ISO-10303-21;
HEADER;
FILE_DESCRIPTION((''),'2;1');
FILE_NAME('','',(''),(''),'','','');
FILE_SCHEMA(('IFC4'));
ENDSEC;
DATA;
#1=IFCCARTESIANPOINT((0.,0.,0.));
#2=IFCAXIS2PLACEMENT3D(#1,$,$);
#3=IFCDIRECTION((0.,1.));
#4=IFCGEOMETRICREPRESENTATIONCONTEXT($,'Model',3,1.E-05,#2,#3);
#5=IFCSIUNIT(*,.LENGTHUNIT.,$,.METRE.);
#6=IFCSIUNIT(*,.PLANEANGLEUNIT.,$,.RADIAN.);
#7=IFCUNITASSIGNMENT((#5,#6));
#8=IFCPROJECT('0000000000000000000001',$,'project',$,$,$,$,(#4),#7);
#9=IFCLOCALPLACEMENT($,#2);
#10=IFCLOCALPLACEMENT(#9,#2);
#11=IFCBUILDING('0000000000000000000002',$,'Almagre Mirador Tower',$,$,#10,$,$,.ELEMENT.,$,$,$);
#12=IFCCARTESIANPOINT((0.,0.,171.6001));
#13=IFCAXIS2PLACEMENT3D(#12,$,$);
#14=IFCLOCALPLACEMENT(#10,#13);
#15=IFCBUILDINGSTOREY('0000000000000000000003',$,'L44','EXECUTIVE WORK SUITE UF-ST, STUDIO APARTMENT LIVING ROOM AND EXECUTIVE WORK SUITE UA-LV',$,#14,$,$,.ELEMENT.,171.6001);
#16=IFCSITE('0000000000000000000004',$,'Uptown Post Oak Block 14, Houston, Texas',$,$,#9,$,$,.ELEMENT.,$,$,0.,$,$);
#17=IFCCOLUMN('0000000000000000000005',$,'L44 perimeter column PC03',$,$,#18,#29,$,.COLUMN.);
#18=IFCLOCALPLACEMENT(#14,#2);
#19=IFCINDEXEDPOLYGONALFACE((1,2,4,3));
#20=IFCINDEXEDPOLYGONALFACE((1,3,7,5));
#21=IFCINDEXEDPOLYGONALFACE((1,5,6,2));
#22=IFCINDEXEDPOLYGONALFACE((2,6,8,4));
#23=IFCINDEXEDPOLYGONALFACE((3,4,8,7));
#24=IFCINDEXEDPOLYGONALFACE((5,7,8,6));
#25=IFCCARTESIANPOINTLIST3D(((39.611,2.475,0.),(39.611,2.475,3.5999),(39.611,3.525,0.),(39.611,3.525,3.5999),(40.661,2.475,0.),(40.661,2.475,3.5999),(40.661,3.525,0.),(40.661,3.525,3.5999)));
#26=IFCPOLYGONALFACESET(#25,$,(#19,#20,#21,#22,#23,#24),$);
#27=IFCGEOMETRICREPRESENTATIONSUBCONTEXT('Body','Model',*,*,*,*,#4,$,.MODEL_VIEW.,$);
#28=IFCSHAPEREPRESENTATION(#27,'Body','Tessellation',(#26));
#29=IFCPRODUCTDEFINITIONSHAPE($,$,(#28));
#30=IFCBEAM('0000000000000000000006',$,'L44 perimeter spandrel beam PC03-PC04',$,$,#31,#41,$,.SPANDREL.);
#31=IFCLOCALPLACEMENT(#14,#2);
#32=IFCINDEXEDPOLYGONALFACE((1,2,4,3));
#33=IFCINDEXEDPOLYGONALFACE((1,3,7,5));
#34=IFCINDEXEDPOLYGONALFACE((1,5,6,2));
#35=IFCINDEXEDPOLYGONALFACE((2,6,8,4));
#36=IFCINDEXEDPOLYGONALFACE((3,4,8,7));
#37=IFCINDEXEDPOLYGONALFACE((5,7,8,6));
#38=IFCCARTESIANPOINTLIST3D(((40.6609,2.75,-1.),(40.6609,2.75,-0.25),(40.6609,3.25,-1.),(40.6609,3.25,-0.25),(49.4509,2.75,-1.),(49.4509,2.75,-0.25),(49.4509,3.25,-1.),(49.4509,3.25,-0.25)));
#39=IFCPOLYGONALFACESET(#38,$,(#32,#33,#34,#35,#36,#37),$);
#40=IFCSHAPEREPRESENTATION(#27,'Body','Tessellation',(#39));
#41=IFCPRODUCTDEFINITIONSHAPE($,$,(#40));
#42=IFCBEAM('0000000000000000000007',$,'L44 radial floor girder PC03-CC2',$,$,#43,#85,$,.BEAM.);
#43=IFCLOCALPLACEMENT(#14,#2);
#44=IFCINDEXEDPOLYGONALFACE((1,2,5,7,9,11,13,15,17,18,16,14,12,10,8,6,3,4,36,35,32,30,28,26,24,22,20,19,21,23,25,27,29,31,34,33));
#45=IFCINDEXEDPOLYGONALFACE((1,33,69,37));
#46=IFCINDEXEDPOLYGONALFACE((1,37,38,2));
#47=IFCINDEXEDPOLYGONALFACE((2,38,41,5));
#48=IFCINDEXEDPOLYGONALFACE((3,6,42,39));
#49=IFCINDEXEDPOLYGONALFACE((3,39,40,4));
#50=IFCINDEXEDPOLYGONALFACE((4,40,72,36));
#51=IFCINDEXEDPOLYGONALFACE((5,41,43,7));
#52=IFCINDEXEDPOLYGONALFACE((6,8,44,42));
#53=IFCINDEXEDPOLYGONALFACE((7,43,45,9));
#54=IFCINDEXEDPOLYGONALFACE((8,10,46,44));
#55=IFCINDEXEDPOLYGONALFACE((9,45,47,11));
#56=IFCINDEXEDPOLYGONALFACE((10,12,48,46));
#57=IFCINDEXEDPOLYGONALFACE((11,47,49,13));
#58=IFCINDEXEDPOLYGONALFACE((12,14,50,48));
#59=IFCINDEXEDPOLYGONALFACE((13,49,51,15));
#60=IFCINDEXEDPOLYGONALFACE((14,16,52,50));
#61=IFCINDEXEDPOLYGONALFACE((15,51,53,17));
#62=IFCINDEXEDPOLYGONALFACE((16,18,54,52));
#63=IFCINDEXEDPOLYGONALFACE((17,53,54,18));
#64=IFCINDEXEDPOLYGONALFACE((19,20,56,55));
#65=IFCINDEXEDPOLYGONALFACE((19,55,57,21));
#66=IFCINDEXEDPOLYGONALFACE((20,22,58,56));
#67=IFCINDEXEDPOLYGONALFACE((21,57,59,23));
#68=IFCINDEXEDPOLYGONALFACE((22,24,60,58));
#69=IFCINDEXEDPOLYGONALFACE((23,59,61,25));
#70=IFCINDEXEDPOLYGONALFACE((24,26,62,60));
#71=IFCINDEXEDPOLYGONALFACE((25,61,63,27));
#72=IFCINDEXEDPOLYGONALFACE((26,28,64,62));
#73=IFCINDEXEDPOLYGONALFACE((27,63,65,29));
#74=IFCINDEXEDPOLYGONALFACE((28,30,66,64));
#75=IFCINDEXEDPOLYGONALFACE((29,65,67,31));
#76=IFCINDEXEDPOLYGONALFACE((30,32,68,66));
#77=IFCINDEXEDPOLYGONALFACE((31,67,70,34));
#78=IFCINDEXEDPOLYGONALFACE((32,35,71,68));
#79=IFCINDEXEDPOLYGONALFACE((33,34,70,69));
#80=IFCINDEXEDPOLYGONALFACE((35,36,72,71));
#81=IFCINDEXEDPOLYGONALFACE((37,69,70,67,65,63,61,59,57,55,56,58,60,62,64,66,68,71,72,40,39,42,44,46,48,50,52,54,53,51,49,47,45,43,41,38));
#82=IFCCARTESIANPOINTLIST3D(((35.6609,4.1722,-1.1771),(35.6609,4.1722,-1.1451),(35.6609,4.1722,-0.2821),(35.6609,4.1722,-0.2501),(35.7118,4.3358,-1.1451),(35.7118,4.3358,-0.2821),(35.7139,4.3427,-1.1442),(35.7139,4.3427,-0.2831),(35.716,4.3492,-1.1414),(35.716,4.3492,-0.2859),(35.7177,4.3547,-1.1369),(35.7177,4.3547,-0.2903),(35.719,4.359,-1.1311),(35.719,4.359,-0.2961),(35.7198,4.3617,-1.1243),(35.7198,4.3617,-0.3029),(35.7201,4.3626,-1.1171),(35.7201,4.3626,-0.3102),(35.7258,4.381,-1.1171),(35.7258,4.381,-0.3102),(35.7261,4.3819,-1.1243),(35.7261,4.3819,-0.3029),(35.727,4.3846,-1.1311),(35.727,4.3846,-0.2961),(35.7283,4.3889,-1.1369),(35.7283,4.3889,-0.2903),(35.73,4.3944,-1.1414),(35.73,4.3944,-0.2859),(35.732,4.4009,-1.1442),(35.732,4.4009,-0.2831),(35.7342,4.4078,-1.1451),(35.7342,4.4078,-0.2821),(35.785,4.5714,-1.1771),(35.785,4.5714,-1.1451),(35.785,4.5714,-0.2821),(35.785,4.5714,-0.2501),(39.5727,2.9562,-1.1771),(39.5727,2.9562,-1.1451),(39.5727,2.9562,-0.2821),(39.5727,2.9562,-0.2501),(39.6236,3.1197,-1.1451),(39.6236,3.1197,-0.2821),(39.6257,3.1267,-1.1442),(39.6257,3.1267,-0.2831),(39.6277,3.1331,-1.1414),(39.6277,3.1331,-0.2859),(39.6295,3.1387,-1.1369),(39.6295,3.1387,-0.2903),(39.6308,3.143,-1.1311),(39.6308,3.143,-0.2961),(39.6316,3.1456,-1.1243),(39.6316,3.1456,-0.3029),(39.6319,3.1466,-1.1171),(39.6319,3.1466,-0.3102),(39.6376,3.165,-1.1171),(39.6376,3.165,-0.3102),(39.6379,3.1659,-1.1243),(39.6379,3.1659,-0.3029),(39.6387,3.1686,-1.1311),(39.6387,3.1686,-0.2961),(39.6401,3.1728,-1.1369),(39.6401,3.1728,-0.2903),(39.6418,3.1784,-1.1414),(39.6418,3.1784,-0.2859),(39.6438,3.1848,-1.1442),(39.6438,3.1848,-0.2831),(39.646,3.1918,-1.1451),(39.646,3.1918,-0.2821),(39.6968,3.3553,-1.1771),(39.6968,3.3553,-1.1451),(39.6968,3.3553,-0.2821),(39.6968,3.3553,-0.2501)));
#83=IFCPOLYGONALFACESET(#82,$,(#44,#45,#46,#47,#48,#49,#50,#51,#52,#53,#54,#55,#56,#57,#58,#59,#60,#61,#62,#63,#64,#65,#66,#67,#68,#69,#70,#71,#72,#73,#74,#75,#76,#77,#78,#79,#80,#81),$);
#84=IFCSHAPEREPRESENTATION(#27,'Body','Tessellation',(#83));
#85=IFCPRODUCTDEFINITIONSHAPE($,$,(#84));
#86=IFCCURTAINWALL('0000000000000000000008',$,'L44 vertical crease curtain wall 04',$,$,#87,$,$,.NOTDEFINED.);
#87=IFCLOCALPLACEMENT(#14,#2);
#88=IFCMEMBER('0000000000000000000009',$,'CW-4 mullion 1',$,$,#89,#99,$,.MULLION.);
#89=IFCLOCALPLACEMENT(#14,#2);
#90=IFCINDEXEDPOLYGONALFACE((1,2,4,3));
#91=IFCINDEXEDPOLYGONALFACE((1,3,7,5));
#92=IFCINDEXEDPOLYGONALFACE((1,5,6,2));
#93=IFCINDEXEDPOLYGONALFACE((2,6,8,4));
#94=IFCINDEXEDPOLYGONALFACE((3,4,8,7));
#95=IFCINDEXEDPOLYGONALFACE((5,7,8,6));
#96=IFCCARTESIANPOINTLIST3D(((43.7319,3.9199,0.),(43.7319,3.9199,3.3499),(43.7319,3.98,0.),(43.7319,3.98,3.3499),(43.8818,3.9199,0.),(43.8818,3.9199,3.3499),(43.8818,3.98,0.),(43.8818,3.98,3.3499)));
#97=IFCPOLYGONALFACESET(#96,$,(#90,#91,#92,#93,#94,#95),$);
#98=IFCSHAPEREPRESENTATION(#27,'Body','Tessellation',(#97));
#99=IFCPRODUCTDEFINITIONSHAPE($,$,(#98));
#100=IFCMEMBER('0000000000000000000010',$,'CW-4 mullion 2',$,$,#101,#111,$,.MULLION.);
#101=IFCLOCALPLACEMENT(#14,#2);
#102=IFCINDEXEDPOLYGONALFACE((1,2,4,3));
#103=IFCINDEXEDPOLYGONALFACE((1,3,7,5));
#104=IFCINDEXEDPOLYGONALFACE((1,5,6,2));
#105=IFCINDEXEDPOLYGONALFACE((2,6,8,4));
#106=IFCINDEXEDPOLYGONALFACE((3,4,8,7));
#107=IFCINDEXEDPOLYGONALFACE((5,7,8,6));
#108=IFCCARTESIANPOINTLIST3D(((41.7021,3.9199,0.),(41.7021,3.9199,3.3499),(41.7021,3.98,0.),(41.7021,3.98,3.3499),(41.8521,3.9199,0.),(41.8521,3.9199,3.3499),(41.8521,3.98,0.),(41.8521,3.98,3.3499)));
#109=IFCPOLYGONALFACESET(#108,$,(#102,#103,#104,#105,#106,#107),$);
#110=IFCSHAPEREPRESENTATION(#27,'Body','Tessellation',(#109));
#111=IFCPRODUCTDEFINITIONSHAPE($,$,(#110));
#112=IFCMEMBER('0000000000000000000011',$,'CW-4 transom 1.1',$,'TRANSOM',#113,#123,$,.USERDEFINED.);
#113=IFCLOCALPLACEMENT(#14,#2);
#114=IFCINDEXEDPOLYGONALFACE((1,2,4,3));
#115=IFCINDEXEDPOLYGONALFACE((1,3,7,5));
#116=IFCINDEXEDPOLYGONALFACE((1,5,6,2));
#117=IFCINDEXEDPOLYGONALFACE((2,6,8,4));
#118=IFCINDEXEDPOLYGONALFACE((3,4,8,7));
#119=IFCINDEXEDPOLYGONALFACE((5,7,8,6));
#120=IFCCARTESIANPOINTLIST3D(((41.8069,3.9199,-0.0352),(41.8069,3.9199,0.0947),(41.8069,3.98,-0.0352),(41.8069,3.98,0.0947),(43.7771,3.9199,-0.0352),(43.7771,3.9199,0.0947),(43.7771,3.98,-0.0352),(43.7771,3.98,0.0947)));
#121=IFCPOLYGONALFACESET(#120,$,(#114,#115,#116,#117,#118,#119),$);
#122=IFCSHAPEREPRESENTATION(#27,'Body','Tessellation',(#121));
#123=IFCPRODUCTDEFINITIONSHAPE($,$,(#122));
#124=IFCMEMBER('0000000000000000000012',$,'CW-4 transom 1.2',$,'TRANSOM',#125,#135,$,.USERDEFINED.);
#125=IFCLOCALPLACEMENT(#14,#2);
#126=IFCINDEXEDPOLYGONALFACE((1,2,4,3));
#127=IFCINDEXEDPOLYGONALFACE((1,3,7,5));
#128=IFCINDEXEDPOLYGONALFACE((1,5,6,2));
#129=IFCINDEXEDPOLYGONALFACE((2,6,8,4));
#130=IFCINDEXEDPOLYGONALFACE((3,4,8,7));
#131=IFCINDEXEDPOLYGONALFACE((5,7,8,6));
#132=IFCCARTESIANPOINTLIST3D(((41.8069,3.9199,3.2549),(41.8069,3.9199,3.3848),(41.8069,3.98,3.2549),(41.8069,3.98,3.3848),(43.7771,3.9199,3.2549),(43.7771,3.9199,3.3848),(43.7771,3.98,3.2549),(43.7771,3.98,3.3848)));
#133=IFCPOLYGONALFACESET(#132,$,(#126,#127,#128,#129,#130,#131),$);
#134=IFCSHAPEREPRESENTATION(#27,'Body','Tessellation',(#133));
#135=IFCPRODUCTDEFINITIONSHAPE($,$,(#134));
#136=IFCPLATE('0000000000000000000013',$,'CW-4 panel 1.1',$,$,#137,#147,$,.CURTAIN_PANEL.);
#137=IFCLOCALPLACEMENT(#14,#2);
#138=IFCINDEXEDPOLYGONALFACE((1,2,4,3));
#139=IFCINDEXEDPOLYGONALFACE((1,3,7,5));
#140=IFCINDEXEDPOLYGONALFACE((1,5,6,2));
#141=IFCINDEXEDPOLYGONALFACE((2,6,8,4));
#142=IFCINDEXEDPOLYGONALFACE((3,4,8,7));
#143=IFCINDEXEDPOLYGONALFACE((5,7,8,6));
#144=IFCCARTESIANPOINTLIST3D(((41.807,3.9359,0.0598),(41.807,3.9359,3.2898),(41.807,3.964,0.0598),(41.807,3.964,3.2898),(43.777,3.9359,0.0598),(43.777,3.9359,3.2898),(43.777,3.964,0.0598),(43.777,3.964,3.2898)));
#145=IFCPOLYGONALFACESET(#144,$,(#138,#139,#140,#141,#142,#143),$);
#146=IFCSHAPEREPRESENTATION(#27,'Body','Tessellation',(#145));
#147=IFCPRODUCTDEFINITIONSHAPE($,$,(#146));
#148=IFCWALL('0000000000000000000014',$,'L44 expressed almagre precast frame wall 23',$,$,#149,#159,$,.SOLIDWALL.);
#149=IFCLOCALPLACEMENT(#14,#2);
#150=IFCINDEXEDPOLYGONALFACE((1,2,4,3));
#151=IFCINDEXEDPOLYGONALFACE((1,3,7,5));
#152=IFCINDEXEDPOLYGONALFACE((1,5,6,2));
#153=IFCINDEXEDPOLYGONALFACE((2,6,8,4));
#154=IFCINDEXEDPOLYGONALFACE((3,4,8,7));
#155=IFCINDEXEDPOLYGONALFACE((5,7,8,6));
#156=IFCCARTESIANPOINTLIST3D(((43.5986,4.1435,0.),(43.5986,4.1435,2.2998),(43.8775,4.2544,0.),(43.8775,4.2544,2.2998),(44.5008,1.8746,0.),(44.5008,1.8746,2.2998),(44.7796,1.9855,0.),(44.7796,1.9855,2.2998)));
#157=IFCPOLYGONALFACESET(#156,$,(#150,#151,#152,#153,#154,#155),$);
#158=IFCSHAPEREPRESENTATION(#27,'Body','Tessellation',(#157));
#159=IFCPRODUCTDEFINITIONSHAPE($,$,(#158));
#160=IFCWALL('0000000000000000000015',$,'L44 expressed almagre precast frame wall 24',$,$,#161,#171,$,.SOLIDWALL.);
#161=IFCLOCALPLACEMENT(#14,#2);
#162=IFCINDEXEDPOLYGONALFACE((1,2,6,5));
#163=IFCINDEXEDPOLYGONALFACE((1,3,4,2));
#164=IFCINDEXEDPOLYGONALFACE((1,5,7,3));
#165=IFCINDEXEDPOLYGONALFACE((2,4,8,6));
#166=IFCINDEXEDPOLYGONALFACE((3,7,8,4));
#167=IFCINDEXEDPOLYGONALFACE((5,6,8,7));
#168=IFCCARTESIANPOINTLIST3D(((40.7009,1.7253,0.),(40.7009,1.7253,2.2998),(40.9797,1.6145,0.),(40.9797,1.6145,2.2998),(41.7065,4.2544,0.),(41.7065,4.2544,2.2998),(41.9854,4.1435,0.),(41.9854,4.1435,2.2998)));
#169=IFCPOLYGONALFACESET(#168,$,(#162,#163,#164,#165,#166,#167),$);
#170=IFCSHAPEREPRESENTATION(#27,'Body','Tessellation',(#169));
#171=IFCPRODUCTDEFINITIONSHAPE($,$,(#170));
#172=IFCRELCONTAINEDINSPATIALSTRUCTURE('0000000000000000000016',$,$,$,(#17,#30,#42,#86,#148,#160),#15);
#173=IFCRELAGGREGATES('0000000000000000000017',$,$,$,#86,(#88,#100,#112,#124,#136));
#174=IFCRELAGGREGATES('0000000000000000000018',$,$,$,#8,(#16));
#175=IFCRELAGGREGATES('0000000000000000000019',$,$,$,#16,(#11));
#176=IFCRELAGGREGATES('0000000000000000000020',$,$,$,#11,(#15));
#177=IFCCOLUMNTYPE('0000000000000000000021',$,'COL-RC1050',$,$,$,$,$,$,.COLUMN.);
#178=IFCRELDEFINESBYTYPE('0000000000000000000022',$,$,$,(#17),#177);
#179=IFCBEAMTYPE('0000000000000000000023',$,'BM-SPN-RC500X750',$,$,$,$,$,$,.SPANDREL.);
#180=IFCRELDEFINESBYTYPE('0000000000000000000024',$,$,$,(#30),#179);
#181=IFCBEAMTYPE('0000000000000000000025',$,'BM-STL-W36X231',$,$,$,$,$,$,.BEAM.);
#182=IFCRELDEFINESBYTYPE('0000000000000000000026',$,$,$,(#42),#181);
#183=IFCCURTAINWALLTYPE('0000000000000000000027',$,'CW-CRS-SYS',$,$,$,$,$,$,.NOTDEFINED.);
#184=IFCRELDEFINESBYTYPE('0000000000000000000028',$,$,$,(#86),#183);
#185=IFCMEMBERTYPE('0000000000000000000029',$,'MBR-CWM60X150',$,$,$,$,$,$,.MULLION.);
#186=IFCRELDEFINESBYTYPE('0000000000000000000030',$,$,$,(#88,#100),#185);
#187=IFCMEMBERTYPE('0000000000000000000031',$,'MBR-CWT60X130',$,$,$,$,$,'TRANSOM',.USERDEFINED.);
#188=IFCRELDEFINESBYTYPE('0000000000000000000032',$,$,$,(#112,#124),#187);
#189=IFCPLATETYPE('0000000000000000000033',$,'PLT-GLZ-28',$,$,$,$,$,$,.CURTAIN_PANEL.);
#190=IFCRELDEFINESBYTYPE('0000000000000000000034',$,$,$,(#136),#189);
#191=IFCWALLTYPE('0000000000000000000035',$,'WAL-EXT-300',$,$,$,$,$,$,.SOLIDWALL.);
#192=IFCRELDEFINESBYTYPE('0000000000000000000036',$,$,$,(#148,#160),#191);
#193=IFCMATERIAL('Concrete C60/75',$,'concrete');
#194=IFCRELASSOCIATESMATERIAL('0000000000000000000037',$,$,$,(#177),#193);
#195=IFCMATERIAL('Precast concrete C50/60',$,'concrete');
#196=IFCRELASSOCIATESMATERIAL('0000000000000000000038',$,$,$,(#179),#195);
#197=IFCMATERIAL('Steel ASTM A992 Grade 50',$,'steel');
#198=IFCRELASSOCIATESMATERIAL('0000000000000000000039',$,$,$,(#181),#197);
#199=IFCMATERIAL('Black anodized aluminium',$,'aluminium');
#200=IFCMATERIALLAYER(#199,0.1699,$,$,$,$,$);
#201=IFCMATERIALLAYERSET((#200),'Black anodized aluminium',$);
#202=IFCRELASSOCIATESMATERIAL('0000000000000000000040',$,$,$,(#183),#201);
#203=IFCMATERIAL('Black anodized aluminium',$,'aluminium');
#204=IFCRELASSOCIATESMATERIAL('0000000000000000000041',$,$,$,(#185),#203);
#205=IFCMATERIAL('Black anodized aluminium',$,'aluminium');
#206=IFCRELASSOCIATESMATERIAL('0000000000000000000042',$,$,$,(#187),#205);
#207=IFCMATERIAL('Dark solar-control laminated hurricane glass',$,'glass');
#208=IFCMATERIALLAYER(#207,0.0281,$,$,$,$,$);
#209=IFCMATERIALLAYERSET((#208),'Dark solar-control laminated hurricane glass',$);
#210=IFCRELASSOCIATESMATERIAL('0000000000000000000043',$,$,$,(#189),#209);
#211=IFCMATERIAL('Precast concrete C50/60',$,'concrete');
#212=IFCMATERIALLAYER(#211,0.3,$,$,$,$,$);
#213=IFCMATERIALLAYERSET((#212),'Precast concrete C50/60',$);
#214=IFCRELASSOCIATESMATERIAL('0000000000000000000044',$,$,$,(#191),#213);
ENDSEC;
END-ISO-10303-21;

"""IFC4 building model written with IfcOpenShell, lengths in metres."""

from ifc_helpers import new_model, si_unit, direction, frame, frame_2d, origin, origin_2d, place, context, subcontext, project, spatial, rectangle, i_section, extrude, material, layer, layer_set, material_profile, profile_set, type_object, element, aggregate, save


model = new_model("IFC4")

# Units and contexts
model_context = context("Model", 3, precision=1e-05, world=origin(), true_north=direction((0.0, 1.0)))
body_context = subcontext(model_context, "Body", "Model", "MODEL_VIEW")
ifc_project = project(units=[si_unit("LENGTHUNIT", "METRE"), si_unit("PLANEANGLEUNIT", "RADIAN")], contexts=[model_context])

# Site, building, storey
site_placement = place(None, origin())
site = spatial("IfcSite", under=ifc_project, at=site_placement, Name="Uptown Post Oak Block 14, Houston, Texas", CompositionType="ELEMENT", RefElevation=0.0)
building_placement = place(site_placement, origin())
building = spatial("IfcBuilding", under=site, at=building_placement, Name="Almagre Mirador Tower", CompositionType="ELEMENT")
storey_placement = place(building_placement, frame((0.0, 0.0, 171.6001)))
storey = spatial("IfcBuildingStorey", under=building, at=storey_placement, Name="L44", Description="EXECUTIVE WORK SUITE UF-ST, STUDIO APARTMENT LIVING ROOM AND EXECUTIVE WORK SUITE UA-LV", CompositionType="ELEMENT", Elevation=171.6001)

# Column
ifc_material_1 = material(Name="Concrete C60/75", Category="concrete")
ifc_material_profile_1 = material_profile(ifc_material_1, rectangle(XDim=1.05, YDim=1.05, at=origin_2d()), Name="RC1050X1050")
ifc_profile_set_1 = profile_set([ifc_material_profile_1], Name="Concrete C60/75")
column_type = type_object("IfcColumnType", Name="COL-RC1050", PredefinedType="COLUMN", material=ifc_profile_set_1)
column_placement = place(storey_placement, frame((40.136, 3.0, 0.0), z_axis=(0.0, 0.0, 1.0), x_axis=(1.0, 0.0, 0.0)))
element("IfcColumn", 1, at=column_placement, inside=storey, type_object=column_type, Name="L44 perimeter column PC03", PredefinedType="COLUMN", context=body_context, shape_type="SweptSolid", body=[
    extrude(rectangle(XDim=1.05, YDim=1.05, at=origin_2d()), origin(), (0.0, 0.0, 1.0), 3.5999),
])

# Beams
ifc_material_2 = material(Name="Precast concrete C50/60", Category="concrete")
ifc_material_profile_2 = material_profile(ifc_material_2, rectangle(XDim=0.5, YDim=0.75, at=origin_2d()), Name="RC500X750")
ifc_profile_set_2 = profile_set([ifc_material_profile_2], Name="Precast concrete C50/60")
beam_type_1 = type_object("IfcBeamType", Name="BM-SPN-RC500X750", PredefinedType="SPANDREL", material=ifc_profile_set_2)
beam_1_placement = place(storey_placement, frame((40.6609, 3.0, -0.625), z_axis=(1.0, 0.0, 0.0), x_axis=(0.0, 1.0, 0.0)))
element("IfcBeam", 2, at=beam_1_placement, inside=storey, type_object=beam_type_1, Name="L44 perimeter spandrel beam PC03-PC04", PredefinedType="SPANDREL", context=body_context, shape_type="SweptSolid", body=[
    extrude(rectangle(XDim=0.5, YDim=0.75, at=origin_2d()), origin(), (0.0, 0.0, 1.0), 8.79),
])
ifc_material_3 = material(Name="Steel ASTM A992 Grade 50", Category="steel")
ifc_material_profile_3 = material_profile(ifc_material_3, i_section(OverallWidth=0.418, OverallDepth=0.927, WebThickness=0.0193, FlangeThickness=0.032, FilletRadius=0.0281, at=origin_2d()), Name="W36X231")
ifc_profile_set_3 = profile_set([ifc_material_profile_3], Name="Steel ASTM A992 Grade 50")
beam_type_2 = type_object("IfcBeamType", Name="BM-STL-W36X231", PredefinedType="BEAM", material=ifc_profile_set_3)
beam_2_placement = place(storey_placement, frame((39.6348, 3.1558, -0.7136), z_axis=(-0.954923, 0.296853, 0.0), x_axis=(-0.296853, -0.954923, 0.0)))
element("IfcBeam", 3, at=beam_2_placement, inside=storey, type_object=beam_type_2, Name="L44 radial floor girder PC03-CC2", PredefinedType="BEAM", context=body_context, shape_type="SweptSolid", body=[
    extrude(i_section(OverallWidth=0.418, OverallDepth=0.927, WebThickness=0.0193, FlangeThickness=0.032, FilletRadius=0.0281, at=origin_2d()), origin(), (0.0, 0.0, 1.0), 4.0964),
])

# Curtain wall, members, plate
ifc_material_4 = material(Name="Black anodized aluminium", Category="aluminium")
ifc_layer_1 = layer(ifc_material_4, 0.1699)
ifc_layer_set_1 = layer_set([ifc_layer_1], Name="Black anodized aluminium")
curtain_wall_type = type_object("IfcCurtainWallType", Name="CW-CRS-SYS", PredefinedType="NOTDEFINED", material=ifc_layer_set_1)
curtain_wall_placement = place(storey_placement, origin())
curtain_wall = element("IfcCurtainWall", 4, at=curtain_wall_placement, inside=storey, type_object=curtain_wall_type, Name="L44 vertical crease curtain wall 04", PredefinedType="NOTDEFINED")
ifc_material_5 = material(Name="Black anodized aluminium", Category="aluminium")
ifc_material_profile_4 = material_profile(ifc_material_5, rectangle(XDim=0.0601, YDim=0.1499, at=origin_2d()), Name="CWM60X150")
ifc_profile_set_4 = profile_set([ifc_material_profile_4], Name="Black anodized aluminium")
member_type_1 = type_object("IfcMemberType", Name="MBR-CWM60X150", PredefinedType="MULLION", material=ifc_profile_set_4)
member_1_placement = place(storey_placement, frame((43.8069, 3.95, 0.0), z_axis=(0.0, 0.0, 1.0), x_axis=(0.0, -1.0, 0.0)))
member_1 = element("IfcMember", 5, at=member_1_placement, type_object=member_type_1, Name="CW-4 mullion 1", PredefinedType="MULLION", context=body_context, shape_type="SweptSolid", body=[
    extrude(rectangle(XDim=0.0601, YDim=0.1499, at=origin_2d()), origin(), (0.0, 0.0, 1.0), 3.3499),
])
member_2_placement = place(storey_placement, frame((41.7771, 3.95, 0.0), z_axis=(0.0, 0.0, 1.0), x_axis=(0.0, -1.0, 0.0)))
member_2 = element("IfcMember", 6, at=member_2_placement, type_object=member_type_1, Name="CW-4 mullion 2", PredefinedType="MULLION", context=body_context, shape_type="SweptSolid", body=[
    extrude(rectangle(XDim=0.0601, YDim=0.1499, at=origin_2d()), origin(), (0.0, 0.0, 1.0), 3.3499),
])
ifc_material_6 = material(Name="Black anodized aluminium", Category="aluminium")
ifc_material_profile_5 = material_profile(ifc_material_6, rectangle(XDim=0.0601, YDim=0.1299, at=origin_2d()), Name="CWT60X130")
ifc_profile_set_5 = profile_set([ifc_material_profile_5], Name="Black anodized aluminium")
member_type_2 = type_object("IfcMemberType", Name="MBR-CWT60X130", ElementType="TRANSOM", PredefinedType="USERDEFINED", material=ifc_profile_set_5)
member_3_placement = place(storey_placement, frame((43.7771, 3.95, 0.0298), z_axis=(-1.0, 0.0, 0.0), x_axis=(0.0, -1.0, 0.0)))
member_3 = element("IfcMember", 7, at=member_3_placement, type_object=member_type_2, Name="CW-4 transom 1.1", ObjectType="TRANSOM", PredefinedType="USERDEFINED", context=body_context, shape_type="SweptSolid", body=[
    extrude(rectangle(XDim=0.0601, YDim=0.1299, at=origin_2d()), origin(), (0.0, 0.0, 1.0), 1.9702),
])
member_4_placement = place(storey_placement, frame((43.7771, 3.95, 3.3198), z_axis=(-1.0, 0.0, 0.0), x_axis=(0.0, -1.0, 0.0)))
member_4 = element("IfcMember", 8, at=member_4_placement, type_object=member_type_2, Name="CW-4 transom 1.2", ObjectType="TRANSOM", PredefinedType="USERDEFINED", context=body_context, shape_type="SweptSolid", body=[
    extrude(rectangle(XDim=0.0601, YDim=0.1299, at=origin_2d()), origin(), (0.0, 0.0, 1.0), 1.9702),
])
ifc_material_7 = material(Name="Dark solar-control laminated hurricane glass", Category="glass")
ifc_layer_2 = layer(ifc_material_7, 0.0281)
ifc_layer_set_2 = layer_set([ifc_layer_2], Name="Dark solar-control laminated hurricane glass")
plate_type = type_object("IfcPlateType", Name="PLT-GLZ-28", PredefinedType="CURTAIN_PANEL", material=ifc_layer_set_2)
plate_placement = place(storey_placement, frame((42.792, 3.95, 0.0598), z_axis=(0.0, 0.0, 1.0), x_axis=(-1.0, 0.0, 0.0)))
plate = element("IfcPlate", 9, at=plate_placement, type_object=plate_type, Name="CW-4 panel 1.1", PredefinedType="CURTAIN_PANEL", context=body_context, shape_type="SweptSolid", body=[
    extrude(rectangle(XDim=1.97, YDim=0.0281, at=origin_2d()), origin(), (0.0, 0.0, 1.0), 3.23),
])
aggregate(curtain_wall, [member_1, member_2, member_3, member_4, plate])

# Walls
ifc_material_8 = material(Name="Precast concrete C50/60", Category="concrete")
ifc_layer_3 = layer(ifc_material_8, 0.3)
ifc_layer_set_3 = layer_set([ifc_layer_3], Name="Precast concrete C50/60")
wall_type_1 = type_object("IfcWallType", Name="WAL-EXT-300", PredefinedType="SOLIDWALL", material=ifc_layer_set_3)
wall_1_placement = place(storey_placement, frame((44.6401, 1.9302, 0.0), z_axis=(0.0, 0.0, 1.0), x_axis=(-0.369476, 0.92924, 0.0)))
element("IfcWall", 10, at=wall_1_placement, inside=storey, type_object=wall_type_1, Name="L44 expressed almagre precast frame wall 23", PredefinedType="SOLIDWALL", context=body_context, shape_type="SweptSolid", body=[
    extrude(rectangle(XDim=2.4417, YDim=0.3, at=frame_2d((1.2207, 0.0))), origin(), (0.0, 0.0, 1.0), 2.2998),
])
wall_2_placement = place(storey_placement, frame((41.8459, 4.199, 0.0), z_axis=(0.0, 0.0, 1.0), x_axis=(-0.369488, -0.929236, 0.0)))
element("IfcWall", 11, at=wall_2_placement, inside=storey, type_object=wall_type_1, Name="L44 expressed almagre precast frame wall 24", PredefinedType="SOLIDWALL", context=body_context, shape_type="SweptSolid", body=[
    extrude(rectangle(XDim=2.7217, YDim=0.3, at=frame_2d((1.3608, 0.0))), origin(), (0.0, 0.0, 1.0), 2.2998),
])

save(model, "model.ifc")
